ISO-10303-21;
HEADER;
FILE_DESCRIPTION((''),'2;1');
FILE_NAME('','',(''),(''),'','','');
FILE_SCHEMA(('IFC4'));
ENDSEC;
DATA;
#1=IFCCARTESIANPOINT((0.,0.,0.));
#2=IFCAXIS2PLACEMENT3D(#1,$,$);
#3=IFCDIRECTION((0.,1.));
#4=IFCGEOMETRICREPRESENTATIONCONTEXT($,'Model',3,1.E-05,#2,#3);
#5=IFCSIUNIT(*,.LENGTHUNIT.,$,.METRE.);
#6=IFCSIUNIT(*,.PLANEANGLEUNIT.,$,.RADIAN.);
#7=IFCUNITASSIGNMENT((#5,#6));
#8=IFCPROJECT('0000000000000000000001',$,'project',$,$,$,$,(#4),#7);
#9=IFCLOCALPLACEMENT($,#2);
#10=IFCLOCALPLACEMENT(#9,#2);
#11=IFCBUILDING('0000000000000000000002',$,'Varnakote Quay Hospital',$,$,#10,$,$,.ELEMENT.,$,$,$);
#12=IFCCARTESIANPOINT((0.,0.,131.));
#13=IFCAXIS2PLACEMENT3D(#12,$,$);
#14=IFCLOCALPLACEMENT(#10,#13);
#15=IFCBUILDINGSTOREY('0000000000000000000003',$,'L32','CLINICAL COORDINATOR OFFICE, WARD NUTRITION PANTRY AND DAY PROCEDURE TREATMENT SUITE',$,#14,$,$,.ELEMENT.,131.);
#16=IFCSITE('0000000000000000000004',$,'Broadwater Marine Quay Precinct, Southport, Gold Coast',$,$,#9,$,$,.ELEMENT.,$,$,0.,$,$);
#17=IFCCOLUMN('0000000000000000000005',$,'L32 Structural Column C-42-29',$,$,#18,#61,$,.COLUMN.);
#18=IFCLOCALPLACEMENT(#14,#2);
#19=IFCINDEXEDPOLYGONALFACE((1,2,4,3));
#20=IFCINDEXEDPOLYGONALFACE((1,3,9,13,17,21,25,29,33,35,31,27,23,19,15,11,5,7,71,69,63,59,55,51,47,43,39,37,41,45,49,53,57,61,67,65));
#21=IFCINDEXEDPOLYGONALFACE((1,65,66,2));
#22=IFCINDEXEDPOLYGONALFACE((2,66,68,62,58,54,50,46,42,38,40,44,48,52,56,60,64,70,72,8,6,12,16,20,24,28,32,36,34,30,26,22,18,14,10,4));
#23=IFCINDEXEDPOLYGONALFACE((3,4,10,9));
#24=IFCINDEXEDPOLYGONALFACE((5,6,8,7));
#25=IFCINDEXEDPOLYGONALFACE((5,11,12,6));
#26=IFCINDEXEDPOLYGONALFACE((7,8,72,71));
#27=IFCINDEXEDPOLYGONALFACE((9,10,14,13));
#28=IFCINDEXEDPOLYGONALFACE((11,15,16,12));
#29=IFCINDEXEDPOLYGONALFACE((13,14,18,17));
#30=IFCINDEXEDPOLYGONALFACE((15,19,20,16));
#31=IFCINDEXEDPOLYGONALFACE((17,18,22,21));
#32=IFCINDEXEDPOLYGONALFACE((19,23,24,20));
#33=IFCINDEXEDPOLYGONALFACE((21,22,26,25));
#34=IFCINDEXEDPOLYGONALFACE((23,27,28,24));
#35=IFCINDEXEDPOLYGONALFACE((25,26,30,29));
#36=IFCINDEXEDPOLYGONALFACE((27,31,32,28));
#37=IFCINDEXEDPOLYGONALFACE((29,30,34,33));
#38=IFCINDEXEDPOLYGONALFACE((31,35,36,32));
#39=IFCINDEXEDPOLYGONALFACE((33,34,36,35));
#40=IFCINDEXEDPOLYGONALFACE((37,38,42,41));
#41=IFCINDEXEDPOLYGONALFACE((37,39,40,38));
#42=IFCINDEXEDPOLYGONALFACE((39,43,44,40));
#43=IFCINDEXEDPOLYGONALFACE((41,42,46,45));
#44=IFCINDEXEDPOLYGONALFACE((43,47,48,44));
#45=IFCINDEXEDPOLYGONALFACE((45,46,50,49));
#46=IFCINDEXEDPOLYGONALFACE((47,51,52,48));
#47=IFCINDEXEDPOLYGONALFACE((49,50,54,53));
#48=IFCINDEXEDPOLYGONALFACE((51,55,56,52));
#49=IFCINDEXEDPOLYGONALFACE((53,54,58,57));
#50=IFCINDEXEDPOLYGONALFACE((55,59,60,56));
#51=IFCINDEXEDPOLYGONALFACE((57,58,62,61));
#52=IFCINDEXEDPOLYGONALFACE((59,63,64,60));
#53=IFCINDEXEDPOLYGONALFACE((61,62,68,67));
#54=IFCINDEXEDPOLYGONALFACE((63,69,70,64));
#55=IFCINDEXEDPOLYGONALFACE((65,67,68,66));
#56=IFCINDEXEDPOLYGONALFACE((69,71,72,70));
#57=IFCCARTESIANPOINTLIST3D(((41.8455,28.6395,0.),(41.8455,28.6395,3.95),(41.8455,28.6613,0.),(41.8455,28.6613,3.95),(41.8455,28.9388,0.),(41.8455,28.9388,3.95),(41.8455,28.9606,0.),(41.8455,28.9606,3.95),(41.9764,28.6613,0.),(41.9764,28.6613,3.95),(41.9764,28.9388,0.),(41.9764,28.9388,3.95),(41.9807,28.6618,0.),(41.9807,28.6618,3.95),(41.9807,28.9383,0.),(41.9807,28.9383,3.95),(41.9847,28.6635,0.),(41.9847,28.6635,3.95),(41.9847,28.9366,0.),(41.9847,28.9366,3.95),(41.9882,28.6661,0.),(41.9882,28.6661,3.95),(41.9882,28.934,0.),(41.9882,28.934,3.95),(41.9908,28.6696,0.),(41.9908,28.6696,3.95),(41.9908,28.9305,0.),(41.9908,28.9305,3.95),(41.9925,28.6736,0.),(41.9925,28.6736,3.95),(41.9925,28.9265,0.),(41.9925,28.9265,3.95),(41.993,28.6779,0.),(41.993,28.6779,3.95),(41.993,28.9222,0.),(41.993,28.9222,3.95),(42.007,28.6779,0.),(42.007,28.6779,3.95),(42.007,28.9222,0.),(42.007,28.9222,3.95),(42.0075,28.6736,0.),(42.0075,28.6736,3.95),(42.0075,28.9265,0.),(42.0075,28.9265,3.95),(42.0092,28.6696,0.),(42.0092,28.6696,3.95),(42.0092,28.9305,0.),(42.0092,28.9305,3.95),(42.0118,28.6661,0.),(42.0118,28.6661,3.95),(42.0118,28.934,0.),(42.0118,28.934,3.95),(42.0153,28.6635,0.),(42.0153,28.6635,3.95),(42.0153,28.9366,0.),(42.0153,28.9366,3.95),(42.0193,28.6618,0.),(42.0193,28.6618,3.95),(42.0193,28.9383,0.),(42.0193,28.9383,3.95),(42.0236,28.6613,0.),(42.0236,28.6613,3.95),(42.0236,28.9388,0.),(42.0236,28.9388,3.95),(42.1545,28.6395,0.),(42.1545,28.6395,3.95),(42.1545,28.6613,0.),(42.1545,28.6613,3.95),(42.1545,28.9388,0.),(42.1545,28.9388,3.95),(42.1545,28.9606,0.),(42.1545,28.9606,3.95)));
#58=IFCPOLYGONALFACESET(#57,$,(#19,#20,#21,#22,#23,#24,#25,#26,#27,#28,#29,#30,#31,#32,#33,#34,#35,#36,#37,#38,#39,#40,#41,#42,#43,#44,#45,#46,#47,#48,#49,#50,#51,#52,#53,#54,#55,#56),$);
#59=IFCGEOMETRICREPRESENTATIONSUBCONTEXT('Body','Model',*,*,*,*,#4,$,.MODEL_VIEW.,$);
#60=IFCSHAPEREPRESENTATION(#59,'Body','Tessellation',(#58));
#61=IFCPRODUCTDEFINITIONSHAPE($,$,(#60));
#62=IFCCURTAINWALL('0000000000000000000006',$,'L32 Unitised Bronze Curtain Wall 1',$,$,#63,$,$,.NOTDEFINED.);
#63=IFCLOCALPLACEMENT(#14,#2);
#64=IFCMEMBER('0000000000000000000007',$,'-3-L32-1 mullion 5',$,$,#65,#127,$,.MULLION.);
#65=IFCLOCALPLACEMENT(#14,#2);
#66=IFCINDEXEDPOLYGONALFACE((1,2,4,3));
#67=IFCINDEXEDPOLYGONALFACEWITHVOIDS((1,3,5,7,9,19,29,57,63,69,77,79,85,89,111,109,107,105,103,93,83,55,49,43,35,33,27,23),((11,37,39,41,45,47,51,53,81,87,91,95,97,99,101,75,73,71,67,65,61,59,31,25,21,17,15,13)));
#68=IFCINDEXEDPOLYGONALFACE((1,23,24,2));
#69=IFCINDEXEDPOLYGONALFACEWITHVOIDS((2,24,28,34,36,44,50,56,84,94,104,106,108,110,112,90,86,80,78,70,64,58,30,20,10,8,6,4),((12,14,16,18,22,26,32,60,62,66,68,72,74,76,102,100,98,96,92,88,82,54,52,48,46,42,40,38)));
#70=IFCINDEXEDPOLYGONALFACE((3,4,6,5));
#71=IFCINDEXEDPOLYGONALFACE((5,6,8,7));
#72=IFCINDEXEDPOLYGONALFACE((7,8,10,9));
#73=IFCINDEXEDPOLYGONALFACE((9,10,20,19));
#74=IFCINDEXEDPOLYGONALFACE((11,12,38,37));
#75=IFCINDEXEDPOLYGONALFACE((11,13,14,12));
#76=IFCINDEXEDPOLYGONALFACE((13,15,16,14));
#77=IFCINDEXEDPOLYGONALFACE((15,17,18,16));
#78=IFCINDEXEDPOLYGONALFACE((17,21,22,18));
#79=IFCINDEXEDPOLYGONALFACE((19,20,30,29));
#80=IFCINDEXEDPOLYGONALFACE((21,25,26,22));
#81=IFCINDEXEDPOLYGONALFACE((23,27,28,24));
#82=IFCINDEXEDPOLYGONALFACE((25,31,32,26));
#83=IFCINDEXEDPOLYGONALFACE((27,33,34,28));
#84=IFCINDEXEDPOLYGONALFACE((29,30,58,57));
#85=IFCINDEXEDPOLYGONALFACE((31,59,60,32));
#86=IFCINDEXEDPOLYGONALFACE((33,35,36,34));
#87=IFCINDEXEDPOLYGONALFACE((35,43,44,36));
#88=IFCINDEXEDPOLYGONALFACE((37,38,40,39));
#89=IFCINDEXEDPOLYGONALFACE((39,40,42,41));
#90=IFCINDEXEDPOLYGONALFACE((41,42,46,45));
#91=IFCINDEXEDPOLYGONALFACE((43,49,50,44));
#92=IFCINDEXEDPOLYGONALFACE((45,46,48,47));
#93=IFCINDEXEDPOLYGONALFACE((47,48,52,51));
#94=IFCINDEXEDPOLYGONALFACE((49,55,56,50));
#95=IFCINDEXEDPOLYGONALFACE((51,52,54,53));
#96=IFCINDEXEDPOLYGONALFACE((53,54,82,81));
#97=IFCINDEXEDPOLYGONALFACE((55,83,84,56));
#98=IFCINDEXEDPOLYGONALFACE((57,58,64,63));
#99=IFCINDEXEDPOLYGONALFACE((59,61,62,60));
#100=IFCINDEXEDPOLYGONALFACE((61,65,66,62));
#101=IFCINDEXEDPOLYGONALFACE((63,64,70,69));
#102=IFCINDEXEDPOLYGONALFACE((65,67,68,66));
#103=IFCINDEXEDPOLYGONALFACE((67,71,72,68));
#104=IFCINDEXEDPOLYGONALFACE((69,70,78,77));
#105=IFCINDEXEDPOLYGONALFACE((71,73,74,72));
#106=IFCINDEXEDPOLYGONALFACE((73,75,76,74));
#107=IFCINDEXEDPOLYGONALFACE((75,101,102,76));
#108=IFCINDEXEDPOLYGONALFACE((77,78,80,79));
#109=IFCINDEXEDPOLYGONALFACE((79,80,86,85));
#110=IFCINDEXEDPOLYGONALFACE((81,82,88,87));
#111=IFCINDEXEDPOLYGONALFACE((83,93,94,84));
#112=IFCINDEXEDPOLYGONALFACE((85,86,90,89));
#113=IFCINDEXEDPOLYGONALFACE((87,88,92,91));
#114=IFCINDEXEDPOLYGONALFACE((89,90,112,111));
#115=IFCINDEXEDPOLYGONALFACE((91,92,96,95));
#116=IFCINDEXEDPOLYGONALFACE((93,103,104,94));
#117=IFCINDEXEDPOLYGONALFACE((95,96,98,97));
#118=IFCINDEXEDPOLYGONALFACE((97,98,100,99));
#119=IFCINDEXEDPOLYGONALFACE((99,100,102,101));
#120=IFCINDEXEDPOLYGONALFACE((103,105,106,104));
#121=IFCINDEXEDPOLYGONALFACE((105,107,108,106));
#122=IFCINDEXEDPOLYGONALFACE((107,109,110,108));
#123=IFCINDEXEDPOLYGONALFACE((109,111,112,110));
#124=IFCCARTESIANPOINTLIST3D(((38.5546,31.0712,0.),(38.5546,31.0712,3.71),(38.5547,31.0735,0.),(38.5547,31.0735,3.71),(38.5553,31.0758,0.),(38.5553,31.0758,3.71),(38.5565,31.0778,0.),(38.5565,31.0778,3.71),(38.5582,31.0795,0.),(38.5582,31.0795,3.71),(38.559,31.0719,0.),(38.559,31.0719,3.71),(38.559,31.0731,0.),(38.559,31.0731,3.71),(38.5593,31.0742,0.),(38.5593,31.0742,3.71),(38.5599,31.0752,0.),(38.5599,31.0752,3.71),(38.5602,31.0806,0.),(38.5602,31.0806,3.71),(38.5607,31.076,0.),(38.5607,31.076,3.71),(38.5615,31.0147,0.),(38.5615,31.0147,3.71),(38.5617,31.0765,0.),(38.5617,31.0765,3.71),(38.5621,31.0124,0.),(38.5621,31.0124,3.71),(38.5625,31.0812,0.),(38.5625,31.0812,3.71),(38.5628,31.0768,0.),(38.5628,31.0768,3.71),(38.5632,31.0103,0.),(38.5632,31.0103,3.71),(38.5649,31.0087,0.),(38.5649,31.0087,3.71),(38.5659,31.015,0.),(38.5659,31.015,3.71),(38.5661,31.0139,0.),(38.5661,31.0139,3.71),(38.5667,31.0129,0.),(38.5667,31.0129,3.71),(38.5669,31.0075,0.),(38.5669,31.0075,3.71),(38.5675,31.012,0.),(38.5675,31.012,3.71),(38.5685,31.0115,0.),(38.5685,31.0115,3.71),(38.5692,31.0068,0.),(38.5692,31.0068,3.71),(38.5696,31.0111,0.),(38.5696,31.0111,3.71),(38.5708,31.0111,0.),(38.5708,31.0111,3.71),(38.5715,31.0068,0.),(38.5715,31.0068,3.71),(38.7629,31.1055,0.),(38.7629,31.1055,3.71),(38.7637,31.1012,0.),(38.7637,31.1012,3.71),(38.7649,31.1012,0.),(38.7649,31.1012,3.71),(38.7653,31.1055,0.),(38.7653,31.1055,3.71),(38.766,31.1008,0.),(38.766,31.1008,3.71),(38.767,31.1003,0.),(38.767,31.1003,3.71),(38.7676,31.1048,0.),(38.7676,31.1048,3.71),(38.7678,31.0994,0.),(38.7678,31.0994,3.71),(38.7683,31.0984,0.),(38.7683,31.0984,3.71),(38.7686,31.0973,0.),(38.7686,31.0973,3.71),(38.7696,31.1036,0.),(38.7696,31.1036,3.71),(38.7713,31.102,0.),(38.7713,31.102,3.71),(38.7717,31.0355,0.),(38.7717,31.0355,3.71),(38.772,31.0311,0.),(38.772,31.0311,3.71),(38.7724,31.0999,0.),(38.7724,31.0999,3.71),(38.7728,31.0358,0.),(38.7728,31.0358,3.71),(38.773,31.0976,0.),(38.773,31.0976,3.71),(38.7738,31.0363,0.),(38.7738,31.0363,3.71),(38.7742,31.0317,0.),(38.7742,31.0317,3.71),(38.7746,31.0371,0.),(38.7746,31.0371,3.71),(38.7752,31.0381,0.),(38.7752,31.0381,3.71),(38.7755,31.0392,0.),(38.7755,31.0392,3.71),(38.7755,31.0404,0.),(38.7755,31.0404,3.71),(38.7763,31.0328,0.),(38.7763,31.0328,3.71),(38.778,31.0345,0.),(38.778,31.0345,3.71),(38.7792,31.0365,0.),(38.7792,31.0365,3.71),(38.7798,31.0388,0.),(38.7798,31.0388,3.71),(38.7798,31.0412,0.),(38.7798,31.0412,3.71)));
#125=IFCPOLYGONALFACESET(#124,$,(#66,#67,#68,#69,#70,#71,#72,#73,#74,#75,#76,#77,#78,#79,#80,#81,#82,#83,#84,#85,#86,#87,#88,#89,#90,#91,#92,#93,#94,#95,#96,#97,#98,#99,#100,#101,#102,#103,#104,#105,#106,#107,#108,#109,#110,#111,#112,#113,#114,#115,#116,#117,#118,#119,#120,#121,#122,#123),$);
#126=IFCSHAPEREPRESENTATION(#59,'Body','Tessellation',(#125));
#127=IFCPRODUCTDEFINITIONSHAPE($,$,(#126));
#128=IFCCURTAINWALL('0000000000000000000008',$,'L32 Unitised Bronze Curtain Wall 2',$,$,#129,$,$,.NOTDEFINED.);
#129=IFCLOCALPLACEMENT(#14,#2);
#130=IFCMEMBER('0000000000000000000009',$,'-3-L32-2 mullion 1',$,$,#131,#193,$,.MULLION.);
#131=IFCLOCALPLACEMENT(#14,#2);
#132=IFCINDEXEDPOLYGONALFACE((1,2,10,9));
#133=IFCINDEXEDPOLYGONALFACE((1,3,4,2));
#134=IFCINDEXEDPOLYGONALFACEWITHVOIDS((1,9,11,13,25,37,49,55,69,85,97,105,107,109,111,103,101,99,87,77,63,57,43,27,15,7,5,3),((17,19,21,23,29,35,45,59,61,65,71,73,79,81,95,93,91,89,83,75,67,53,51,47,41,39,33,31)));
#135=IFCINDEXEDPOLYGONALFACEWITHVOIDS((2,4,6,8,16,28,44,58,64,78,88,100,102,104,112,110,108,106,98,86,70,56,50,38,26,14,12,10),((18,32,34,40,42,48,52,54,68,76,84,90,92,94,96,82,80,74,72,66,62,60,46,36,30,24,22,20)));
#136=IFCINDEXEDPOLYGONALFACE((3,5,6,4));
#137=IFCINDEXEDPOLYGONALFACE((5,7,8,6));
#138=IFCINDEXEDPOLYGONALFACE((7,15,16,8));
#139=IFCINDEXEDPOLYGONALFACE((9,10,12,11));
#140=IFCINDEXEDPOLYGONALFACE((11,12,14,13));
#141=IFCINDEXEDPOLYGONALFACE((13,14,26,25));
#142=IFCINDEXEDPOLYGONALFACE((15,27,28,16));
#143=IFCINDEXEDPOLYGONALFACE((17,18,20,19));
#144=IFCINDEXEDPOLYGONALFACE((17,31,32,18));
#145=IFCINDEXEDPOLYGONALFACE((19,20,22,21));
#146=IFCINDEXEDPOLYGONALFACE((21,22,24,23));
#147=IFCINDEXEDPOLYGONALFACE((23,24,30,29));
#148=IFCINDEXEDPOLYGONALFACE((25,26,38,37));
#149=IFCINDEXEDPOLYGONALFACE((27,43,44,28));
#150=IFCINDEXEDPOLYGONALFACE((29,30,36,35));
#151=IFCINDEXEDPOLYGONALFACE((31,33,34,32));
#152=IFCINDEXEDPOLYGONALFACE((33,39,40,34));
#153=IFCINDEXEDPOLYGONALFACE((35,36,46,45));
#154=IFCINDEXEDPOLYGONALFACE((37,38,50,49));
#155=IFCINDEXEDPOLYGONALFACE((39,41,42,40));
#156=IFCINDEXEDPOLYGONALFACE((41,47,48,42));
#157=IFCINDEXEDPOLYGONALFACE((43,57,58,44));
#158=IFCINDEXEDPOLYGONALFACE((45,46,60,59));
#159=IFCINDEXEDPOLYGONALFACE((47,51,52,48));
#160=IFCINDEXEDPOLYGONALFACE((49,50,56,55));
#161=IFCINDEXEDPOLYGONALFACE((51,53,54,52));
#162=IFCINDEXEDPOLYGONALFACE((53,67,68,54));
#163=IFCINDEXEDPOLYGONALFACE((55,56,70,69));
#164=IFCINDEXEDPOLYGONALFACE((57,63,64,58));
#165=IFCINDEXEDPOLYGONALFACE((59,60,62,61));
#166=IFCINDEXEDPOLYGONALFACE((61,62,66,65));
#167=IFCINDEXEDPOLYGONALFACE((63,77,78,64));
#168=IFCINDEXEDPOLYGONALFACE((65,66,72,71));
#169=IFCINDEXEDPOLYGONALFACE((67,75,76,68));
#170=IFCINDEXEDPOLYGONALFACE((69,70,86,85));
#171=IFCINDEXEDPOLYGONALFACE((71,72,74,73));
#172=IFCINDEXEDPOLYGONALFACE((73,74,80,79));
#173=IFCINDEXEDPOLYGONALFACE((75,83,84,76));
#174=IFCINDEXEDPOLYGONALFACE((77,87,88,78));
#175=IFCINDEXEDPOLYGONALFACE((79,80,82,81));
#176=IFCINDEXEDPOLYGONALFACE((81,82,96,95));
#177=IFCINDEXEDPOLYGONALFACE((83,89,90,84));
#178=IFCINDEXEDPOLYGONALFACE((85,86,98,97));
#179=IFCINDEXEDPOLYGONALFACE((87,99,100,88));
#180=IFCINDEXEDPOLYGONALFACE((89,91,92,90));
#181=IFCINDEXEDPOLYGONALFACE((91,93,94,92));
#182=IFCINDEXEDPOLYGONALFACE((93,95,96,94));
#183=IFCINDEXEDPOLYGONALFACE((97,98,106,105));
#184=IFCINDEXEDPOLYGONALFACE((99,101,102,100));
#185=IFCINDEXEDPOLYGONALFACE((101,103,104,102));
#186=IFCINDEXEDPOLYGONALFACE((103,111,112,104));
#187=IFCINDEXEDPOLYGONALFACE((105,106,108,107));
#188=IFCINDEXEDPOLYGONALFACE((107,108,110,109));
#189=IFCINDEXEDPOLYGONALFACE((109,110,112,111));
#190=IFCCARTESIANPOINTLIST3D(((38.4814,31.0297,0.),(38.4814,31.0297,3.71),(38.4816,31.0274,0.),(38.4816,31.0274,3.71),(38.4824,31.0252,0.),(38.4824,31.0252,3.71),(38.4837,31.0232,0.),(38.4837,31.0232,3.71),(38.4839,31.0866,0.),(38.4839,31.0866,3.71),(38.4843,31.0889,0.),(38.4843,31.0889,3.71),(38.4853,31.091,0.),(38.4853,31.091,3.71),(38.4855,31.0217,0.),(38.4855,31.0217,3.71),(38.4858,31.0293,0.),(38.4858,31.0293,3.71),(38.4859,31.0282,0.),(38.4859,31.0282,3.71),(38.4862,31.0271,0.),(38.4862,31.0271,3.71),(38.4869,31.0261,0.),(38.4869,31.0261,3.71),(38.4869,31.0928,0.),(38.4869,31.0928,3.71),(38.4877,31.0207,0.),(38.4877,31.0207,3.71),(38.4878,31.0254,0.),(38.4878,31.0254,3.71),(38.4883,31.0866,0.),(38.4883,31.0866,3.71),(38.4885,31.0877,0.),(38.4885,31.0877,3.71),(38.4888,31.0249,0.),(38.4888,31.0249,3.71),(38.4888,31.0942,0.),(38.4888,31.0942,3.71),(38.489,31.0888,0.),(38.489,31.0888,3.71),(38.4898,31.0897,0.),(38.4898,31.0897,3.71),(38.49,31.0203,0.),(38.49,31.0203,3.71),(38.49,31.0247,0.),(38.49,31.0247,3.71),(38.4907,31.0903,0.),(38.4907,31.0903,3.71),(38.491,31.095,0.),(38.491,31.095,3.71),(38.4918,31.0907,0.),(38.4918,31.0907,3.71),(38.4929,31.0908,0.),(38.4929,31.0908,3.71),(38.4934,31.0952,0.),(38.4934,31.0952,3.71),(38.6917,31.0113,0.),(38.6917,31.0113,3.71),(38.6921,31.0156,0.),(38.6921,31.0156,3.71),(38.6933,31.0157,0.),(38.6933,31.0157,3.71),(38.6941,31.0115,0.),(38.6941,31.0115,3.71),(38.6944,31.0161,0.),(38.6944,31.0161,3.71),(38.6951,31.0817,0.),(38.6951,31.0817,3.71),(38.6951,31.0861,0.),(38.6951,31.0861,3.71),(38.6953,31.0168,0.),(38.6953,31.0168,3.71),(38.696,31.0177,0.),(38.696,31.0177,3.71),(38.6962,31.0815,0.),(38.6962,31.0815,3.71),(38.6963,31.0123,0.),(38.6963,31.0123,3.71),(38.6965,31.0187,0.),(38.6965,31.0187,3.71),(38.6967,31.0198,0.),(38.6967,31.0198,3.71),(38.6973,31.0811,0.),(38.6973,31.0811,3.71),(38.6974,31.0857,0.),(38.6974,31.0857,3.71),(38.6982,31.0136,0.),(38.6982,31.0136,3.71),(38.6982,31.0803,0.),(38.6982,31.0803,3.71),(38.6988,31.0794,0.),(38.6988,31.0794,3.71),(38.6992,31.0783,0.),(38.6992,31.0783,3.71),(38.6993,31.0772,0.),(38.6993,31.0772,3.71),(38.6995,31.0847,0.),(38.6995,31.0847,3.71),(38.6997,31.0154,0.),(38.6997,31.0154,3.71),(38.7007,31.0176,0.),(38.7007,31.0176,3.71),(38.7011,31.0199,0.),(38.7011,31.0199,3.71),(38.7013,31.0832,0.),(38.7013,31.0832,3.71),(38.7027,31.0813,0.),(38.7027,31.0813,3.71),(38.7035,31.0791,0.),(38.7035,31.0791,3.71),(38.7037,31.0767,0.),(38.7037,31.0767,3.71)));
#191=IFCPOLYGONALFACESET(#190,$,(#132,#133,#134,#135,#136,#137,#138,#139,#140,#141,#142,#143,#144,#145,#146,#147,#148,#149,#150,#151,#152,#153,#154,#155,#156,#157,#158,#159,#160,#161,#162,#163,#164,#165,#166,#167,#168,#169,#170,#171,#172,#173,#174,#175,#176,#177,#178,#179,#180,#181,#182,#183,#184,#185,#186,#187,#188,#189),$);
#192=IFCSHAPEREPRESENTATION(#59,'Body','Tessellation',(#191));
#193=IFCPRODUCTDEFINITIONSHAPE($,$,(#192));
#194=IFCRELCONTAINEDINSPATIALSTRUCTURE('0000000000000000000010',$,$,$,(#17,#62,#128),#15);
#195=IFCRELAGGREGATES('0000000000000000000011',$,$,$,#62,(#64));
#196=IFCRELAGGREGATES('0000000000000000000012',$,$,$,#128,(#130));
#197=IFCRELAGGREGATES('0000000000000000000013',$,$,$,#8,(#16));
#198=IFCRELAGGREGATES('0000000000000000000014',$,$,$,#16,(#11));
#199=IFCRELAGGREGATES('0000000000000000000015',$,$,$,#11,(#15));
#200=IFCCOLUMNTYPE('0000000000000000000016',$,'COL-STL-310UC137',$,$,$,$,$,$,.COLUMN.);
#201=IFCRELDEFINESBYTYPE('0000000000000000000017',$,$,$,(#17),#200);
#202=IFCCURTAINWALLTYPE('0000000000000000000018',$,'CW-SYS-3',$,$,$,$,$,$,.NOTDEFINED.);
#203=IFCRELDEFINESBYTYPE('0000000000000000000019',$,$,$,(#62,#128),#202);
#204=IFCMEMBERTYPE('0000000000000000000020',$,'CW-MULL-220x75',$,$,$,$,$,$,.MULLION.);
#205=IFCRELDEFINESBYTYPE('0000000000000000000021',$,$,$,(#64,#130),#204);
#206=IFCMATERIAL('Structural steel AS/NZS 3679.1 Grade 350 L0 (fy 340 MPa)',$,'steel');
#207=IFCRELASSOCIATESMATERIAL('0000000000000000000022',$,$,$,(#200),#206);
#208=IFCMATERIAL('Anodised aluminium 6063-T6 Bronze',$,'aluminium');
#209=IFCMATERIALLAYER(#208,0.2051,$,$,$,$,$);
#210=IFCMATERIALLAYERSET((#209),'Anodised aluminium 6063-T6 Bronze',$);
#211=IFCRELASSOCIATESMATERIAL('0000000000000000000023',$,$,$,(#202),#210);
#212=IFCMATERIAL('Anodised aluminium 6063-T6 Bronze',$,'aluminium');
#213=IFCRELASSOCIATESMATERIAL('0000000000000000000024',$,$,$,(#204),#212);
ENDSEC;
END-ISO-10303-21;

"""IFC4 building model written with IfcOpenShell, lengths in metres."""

from ifc_helpers import new_model, si_unit, direction, frame, origin, origin_2d, place, context, subcontext, project, spatial, hollow_rectangle, i_section, extrude, material, layer, layer_set, material_profile, profile_set, type_object, element, aggregate, save


model = new_model("IFC4")

# Units and contexts
model_context = context("Model", 3, precision=1e-05, world=origin(), true_north=direction((0.0, 1.0)))
body_context = subcontext(model_context, "Body", "Model", "MODEL_VIEW")
ifc_project = project(units=[si_unit("LENGTHUNIT", "METRE"), si_unit("PLANEANGLEUNIT", "RADIAN")], contexts=[model_context])

# Site, building, storey
site_placement = place(None, origin())
site = spatial("IfcSite", under=ifc_project, at=site_placement, Name="Broadwater Marine Quay Precinct, Southport, Gold Coast", CompositionType="ELEMENT", RefElevation=0.0)
building_placement = place(site_placement, origin())
building = spatial("IfcBuilding", under=site, at=building_placement, Name="Varnakote Quay Hospital", CompositionType="ELEMENT")
storey_placement = place(building_placement, frame((0.0, 0.0, 131.0)))
storey = spatial("IfcBuildingStorey", under=building, at=storey_placement, Name="L32", Description="CLINICAL COORDINATOR OFFICE, WARD NUTRITION PANTRY AND DAY PROCEDURE TREATMENT SUITE", CompositionType="ELEMENT", Elevation=131.0)

# Column
ifc_material_1 = material(Name="Structural steel AS/NZS 3679.1 Grade 350 L0 (fy 340 MPa)", Category="steel")
ifc_material_profile_1 = material_profile(ifc_material_1, i_section(OverallWidth=0.3091, OverallDepth=0.321, WebThickness=0.0139, FlangeThickness=0.0217, FilletRadius=0.0166, at=origin_2d()), Name="310UC137")
ifc_profile_set_1 = profile_set([ifc_material_profile_1], Name="Structural steel AS/NZS 3679.1 Grade 350 L0 (fy 340 MPa)")
column_type = type_object("IfcColumnType", Name="COL-STL-310UC137", PredefinedType="COLUMN", material=ifc_profile_set_1)
column_placement = place(storey_placement, frame((42.0, 28.8, 0.0), z_axis=(0.0, 0.0, 1.0), x_axis=(1.0, 0.0, 0.0)))
element("IfcColumn", 1, at=column_placement, inside=storey, type_object=column_type, Name="L32 Structural Column C-42-29", PredefinedType="COLUMN", context=body_context, shape_type="SweptSolid", body=[
    extrude(i_section(OverallWidth=0.3091, OverallDepth=0.321, WebThickness=0.0139, FlangeThickness=0.0217, FilletRadius=0.0166, at=origin_2d()), origin(), (0.0, 0.0, 1.0), 3.95),
])

# Curtain wall, member
ifc_material_2 = material(Name="Anodised aluminium 6063-T6 Bronze", Category="aluminium")
ifc_layer_1 = layer(ifc_material_2, 0.2051)
ifc_layer_set_1 = layer_set([ifc_layer_1], Name="Anodised aluminium 6063-T6 Bronze")
curtain_wall_type = type_object("IfcCurtainWallType", Name="CW-SYS-3", PredefinedType="NOTDEFINED", material=ifc_layer_set_1)
curtain_wall_1_placement = place(storey_placement, origin())
curtain_wall_1 = element("IfcCurtainWall", 2, at=curtain_wall_1_placement, inside=storey, type_object=curtain_wall_type, Name="L32 Unitised Bronze Curtain Wall 1", PredefinedType="NOTDEFINED")
ifc_material_3 = material(Name="Anodised aluminium 6063-T6 Bronze", Category="aluminium")
ifc_material_profile_2 = material_profile(ifc_material_3, hollow_rectangle(XDim=0.075, YDim=0.22, WallThickness=0.0044, InnerFilletRadius=0.0044, OuterFilletRadius=0.009, at=origin_2d()), Name="CW-MULL-220x75")
ifc_profile_set_2 = profile_set([ifc_material_profile_2], Name="Anodised aluminium 6063-T6 Bronze")
member_type_1 = type_object("IfcMemberType", Name="CW-MULL-220x75", PredefinedType="MULLION", material=ifc_profile_set_2)
member_1_placement = place(storey_placement, frame((38.6672, 31.0562, 0.0), z_axis=(0.0, 0.0, 1.0), x_axis=(0.120327, -0.992734, 0.0)))
member_1 = element("IfcMember", 3, at=member_1_placement, type_object=member_type_1, Name="-3-L32-1 mullion 5", PredefinedType="MULLION", context=body_context, shape_type="SweptSolid", body=[
    extrude(hollow_rectangle(XDim=0.075, YDim=0.22, WallThickness=0.0044, InnerFilletRadius=0.0044, OuterFilletRadius=0.009, at=origin_2d()), origin(), (0.0, 0.0, 1.0), 3.71),
])

# Curtain wall, member
curtain_wall_2_placement = place(storey_placement, origin())
curtain_wall_2 = element("IfcCurtainWall", 4, at=curtain_wall_2_placement, inside=storey, type_object=curtain_wall_type, Name="L32 Unitised Bronze Curtain Wall 2", PredefinedType="NOTDEFINED")
member_2_placement = place(storey_placement, frame((38.5925, 31.0532, 0.0), z_axis=(0.0, 0.0, 1.0), x_axis=(-0.044782, -0.998997, 0.0)))
member_2 = element("IfcMember", 5, at=member_2_placement, type_object=member_type_1, Name="-3-L32-2 mullion 1", PredefinedType="MULLION", context=body_context, shape_type="SweptSolid", body=[
    extrude(hollow_rectangle(XDim=0.075, YDim=0.22, WallThickness=0.0044, InnerFilletRadius=0.0044, OuterFilletRadius=0.009, at=origin_2d()), origin(), (0.0, 0.0, 1.0), 3.71),
])

aggregate(curtain_wall_1, [member_1])
aggregate(curtain_wall_2, [member_2])

save(model, "model.ifc")
